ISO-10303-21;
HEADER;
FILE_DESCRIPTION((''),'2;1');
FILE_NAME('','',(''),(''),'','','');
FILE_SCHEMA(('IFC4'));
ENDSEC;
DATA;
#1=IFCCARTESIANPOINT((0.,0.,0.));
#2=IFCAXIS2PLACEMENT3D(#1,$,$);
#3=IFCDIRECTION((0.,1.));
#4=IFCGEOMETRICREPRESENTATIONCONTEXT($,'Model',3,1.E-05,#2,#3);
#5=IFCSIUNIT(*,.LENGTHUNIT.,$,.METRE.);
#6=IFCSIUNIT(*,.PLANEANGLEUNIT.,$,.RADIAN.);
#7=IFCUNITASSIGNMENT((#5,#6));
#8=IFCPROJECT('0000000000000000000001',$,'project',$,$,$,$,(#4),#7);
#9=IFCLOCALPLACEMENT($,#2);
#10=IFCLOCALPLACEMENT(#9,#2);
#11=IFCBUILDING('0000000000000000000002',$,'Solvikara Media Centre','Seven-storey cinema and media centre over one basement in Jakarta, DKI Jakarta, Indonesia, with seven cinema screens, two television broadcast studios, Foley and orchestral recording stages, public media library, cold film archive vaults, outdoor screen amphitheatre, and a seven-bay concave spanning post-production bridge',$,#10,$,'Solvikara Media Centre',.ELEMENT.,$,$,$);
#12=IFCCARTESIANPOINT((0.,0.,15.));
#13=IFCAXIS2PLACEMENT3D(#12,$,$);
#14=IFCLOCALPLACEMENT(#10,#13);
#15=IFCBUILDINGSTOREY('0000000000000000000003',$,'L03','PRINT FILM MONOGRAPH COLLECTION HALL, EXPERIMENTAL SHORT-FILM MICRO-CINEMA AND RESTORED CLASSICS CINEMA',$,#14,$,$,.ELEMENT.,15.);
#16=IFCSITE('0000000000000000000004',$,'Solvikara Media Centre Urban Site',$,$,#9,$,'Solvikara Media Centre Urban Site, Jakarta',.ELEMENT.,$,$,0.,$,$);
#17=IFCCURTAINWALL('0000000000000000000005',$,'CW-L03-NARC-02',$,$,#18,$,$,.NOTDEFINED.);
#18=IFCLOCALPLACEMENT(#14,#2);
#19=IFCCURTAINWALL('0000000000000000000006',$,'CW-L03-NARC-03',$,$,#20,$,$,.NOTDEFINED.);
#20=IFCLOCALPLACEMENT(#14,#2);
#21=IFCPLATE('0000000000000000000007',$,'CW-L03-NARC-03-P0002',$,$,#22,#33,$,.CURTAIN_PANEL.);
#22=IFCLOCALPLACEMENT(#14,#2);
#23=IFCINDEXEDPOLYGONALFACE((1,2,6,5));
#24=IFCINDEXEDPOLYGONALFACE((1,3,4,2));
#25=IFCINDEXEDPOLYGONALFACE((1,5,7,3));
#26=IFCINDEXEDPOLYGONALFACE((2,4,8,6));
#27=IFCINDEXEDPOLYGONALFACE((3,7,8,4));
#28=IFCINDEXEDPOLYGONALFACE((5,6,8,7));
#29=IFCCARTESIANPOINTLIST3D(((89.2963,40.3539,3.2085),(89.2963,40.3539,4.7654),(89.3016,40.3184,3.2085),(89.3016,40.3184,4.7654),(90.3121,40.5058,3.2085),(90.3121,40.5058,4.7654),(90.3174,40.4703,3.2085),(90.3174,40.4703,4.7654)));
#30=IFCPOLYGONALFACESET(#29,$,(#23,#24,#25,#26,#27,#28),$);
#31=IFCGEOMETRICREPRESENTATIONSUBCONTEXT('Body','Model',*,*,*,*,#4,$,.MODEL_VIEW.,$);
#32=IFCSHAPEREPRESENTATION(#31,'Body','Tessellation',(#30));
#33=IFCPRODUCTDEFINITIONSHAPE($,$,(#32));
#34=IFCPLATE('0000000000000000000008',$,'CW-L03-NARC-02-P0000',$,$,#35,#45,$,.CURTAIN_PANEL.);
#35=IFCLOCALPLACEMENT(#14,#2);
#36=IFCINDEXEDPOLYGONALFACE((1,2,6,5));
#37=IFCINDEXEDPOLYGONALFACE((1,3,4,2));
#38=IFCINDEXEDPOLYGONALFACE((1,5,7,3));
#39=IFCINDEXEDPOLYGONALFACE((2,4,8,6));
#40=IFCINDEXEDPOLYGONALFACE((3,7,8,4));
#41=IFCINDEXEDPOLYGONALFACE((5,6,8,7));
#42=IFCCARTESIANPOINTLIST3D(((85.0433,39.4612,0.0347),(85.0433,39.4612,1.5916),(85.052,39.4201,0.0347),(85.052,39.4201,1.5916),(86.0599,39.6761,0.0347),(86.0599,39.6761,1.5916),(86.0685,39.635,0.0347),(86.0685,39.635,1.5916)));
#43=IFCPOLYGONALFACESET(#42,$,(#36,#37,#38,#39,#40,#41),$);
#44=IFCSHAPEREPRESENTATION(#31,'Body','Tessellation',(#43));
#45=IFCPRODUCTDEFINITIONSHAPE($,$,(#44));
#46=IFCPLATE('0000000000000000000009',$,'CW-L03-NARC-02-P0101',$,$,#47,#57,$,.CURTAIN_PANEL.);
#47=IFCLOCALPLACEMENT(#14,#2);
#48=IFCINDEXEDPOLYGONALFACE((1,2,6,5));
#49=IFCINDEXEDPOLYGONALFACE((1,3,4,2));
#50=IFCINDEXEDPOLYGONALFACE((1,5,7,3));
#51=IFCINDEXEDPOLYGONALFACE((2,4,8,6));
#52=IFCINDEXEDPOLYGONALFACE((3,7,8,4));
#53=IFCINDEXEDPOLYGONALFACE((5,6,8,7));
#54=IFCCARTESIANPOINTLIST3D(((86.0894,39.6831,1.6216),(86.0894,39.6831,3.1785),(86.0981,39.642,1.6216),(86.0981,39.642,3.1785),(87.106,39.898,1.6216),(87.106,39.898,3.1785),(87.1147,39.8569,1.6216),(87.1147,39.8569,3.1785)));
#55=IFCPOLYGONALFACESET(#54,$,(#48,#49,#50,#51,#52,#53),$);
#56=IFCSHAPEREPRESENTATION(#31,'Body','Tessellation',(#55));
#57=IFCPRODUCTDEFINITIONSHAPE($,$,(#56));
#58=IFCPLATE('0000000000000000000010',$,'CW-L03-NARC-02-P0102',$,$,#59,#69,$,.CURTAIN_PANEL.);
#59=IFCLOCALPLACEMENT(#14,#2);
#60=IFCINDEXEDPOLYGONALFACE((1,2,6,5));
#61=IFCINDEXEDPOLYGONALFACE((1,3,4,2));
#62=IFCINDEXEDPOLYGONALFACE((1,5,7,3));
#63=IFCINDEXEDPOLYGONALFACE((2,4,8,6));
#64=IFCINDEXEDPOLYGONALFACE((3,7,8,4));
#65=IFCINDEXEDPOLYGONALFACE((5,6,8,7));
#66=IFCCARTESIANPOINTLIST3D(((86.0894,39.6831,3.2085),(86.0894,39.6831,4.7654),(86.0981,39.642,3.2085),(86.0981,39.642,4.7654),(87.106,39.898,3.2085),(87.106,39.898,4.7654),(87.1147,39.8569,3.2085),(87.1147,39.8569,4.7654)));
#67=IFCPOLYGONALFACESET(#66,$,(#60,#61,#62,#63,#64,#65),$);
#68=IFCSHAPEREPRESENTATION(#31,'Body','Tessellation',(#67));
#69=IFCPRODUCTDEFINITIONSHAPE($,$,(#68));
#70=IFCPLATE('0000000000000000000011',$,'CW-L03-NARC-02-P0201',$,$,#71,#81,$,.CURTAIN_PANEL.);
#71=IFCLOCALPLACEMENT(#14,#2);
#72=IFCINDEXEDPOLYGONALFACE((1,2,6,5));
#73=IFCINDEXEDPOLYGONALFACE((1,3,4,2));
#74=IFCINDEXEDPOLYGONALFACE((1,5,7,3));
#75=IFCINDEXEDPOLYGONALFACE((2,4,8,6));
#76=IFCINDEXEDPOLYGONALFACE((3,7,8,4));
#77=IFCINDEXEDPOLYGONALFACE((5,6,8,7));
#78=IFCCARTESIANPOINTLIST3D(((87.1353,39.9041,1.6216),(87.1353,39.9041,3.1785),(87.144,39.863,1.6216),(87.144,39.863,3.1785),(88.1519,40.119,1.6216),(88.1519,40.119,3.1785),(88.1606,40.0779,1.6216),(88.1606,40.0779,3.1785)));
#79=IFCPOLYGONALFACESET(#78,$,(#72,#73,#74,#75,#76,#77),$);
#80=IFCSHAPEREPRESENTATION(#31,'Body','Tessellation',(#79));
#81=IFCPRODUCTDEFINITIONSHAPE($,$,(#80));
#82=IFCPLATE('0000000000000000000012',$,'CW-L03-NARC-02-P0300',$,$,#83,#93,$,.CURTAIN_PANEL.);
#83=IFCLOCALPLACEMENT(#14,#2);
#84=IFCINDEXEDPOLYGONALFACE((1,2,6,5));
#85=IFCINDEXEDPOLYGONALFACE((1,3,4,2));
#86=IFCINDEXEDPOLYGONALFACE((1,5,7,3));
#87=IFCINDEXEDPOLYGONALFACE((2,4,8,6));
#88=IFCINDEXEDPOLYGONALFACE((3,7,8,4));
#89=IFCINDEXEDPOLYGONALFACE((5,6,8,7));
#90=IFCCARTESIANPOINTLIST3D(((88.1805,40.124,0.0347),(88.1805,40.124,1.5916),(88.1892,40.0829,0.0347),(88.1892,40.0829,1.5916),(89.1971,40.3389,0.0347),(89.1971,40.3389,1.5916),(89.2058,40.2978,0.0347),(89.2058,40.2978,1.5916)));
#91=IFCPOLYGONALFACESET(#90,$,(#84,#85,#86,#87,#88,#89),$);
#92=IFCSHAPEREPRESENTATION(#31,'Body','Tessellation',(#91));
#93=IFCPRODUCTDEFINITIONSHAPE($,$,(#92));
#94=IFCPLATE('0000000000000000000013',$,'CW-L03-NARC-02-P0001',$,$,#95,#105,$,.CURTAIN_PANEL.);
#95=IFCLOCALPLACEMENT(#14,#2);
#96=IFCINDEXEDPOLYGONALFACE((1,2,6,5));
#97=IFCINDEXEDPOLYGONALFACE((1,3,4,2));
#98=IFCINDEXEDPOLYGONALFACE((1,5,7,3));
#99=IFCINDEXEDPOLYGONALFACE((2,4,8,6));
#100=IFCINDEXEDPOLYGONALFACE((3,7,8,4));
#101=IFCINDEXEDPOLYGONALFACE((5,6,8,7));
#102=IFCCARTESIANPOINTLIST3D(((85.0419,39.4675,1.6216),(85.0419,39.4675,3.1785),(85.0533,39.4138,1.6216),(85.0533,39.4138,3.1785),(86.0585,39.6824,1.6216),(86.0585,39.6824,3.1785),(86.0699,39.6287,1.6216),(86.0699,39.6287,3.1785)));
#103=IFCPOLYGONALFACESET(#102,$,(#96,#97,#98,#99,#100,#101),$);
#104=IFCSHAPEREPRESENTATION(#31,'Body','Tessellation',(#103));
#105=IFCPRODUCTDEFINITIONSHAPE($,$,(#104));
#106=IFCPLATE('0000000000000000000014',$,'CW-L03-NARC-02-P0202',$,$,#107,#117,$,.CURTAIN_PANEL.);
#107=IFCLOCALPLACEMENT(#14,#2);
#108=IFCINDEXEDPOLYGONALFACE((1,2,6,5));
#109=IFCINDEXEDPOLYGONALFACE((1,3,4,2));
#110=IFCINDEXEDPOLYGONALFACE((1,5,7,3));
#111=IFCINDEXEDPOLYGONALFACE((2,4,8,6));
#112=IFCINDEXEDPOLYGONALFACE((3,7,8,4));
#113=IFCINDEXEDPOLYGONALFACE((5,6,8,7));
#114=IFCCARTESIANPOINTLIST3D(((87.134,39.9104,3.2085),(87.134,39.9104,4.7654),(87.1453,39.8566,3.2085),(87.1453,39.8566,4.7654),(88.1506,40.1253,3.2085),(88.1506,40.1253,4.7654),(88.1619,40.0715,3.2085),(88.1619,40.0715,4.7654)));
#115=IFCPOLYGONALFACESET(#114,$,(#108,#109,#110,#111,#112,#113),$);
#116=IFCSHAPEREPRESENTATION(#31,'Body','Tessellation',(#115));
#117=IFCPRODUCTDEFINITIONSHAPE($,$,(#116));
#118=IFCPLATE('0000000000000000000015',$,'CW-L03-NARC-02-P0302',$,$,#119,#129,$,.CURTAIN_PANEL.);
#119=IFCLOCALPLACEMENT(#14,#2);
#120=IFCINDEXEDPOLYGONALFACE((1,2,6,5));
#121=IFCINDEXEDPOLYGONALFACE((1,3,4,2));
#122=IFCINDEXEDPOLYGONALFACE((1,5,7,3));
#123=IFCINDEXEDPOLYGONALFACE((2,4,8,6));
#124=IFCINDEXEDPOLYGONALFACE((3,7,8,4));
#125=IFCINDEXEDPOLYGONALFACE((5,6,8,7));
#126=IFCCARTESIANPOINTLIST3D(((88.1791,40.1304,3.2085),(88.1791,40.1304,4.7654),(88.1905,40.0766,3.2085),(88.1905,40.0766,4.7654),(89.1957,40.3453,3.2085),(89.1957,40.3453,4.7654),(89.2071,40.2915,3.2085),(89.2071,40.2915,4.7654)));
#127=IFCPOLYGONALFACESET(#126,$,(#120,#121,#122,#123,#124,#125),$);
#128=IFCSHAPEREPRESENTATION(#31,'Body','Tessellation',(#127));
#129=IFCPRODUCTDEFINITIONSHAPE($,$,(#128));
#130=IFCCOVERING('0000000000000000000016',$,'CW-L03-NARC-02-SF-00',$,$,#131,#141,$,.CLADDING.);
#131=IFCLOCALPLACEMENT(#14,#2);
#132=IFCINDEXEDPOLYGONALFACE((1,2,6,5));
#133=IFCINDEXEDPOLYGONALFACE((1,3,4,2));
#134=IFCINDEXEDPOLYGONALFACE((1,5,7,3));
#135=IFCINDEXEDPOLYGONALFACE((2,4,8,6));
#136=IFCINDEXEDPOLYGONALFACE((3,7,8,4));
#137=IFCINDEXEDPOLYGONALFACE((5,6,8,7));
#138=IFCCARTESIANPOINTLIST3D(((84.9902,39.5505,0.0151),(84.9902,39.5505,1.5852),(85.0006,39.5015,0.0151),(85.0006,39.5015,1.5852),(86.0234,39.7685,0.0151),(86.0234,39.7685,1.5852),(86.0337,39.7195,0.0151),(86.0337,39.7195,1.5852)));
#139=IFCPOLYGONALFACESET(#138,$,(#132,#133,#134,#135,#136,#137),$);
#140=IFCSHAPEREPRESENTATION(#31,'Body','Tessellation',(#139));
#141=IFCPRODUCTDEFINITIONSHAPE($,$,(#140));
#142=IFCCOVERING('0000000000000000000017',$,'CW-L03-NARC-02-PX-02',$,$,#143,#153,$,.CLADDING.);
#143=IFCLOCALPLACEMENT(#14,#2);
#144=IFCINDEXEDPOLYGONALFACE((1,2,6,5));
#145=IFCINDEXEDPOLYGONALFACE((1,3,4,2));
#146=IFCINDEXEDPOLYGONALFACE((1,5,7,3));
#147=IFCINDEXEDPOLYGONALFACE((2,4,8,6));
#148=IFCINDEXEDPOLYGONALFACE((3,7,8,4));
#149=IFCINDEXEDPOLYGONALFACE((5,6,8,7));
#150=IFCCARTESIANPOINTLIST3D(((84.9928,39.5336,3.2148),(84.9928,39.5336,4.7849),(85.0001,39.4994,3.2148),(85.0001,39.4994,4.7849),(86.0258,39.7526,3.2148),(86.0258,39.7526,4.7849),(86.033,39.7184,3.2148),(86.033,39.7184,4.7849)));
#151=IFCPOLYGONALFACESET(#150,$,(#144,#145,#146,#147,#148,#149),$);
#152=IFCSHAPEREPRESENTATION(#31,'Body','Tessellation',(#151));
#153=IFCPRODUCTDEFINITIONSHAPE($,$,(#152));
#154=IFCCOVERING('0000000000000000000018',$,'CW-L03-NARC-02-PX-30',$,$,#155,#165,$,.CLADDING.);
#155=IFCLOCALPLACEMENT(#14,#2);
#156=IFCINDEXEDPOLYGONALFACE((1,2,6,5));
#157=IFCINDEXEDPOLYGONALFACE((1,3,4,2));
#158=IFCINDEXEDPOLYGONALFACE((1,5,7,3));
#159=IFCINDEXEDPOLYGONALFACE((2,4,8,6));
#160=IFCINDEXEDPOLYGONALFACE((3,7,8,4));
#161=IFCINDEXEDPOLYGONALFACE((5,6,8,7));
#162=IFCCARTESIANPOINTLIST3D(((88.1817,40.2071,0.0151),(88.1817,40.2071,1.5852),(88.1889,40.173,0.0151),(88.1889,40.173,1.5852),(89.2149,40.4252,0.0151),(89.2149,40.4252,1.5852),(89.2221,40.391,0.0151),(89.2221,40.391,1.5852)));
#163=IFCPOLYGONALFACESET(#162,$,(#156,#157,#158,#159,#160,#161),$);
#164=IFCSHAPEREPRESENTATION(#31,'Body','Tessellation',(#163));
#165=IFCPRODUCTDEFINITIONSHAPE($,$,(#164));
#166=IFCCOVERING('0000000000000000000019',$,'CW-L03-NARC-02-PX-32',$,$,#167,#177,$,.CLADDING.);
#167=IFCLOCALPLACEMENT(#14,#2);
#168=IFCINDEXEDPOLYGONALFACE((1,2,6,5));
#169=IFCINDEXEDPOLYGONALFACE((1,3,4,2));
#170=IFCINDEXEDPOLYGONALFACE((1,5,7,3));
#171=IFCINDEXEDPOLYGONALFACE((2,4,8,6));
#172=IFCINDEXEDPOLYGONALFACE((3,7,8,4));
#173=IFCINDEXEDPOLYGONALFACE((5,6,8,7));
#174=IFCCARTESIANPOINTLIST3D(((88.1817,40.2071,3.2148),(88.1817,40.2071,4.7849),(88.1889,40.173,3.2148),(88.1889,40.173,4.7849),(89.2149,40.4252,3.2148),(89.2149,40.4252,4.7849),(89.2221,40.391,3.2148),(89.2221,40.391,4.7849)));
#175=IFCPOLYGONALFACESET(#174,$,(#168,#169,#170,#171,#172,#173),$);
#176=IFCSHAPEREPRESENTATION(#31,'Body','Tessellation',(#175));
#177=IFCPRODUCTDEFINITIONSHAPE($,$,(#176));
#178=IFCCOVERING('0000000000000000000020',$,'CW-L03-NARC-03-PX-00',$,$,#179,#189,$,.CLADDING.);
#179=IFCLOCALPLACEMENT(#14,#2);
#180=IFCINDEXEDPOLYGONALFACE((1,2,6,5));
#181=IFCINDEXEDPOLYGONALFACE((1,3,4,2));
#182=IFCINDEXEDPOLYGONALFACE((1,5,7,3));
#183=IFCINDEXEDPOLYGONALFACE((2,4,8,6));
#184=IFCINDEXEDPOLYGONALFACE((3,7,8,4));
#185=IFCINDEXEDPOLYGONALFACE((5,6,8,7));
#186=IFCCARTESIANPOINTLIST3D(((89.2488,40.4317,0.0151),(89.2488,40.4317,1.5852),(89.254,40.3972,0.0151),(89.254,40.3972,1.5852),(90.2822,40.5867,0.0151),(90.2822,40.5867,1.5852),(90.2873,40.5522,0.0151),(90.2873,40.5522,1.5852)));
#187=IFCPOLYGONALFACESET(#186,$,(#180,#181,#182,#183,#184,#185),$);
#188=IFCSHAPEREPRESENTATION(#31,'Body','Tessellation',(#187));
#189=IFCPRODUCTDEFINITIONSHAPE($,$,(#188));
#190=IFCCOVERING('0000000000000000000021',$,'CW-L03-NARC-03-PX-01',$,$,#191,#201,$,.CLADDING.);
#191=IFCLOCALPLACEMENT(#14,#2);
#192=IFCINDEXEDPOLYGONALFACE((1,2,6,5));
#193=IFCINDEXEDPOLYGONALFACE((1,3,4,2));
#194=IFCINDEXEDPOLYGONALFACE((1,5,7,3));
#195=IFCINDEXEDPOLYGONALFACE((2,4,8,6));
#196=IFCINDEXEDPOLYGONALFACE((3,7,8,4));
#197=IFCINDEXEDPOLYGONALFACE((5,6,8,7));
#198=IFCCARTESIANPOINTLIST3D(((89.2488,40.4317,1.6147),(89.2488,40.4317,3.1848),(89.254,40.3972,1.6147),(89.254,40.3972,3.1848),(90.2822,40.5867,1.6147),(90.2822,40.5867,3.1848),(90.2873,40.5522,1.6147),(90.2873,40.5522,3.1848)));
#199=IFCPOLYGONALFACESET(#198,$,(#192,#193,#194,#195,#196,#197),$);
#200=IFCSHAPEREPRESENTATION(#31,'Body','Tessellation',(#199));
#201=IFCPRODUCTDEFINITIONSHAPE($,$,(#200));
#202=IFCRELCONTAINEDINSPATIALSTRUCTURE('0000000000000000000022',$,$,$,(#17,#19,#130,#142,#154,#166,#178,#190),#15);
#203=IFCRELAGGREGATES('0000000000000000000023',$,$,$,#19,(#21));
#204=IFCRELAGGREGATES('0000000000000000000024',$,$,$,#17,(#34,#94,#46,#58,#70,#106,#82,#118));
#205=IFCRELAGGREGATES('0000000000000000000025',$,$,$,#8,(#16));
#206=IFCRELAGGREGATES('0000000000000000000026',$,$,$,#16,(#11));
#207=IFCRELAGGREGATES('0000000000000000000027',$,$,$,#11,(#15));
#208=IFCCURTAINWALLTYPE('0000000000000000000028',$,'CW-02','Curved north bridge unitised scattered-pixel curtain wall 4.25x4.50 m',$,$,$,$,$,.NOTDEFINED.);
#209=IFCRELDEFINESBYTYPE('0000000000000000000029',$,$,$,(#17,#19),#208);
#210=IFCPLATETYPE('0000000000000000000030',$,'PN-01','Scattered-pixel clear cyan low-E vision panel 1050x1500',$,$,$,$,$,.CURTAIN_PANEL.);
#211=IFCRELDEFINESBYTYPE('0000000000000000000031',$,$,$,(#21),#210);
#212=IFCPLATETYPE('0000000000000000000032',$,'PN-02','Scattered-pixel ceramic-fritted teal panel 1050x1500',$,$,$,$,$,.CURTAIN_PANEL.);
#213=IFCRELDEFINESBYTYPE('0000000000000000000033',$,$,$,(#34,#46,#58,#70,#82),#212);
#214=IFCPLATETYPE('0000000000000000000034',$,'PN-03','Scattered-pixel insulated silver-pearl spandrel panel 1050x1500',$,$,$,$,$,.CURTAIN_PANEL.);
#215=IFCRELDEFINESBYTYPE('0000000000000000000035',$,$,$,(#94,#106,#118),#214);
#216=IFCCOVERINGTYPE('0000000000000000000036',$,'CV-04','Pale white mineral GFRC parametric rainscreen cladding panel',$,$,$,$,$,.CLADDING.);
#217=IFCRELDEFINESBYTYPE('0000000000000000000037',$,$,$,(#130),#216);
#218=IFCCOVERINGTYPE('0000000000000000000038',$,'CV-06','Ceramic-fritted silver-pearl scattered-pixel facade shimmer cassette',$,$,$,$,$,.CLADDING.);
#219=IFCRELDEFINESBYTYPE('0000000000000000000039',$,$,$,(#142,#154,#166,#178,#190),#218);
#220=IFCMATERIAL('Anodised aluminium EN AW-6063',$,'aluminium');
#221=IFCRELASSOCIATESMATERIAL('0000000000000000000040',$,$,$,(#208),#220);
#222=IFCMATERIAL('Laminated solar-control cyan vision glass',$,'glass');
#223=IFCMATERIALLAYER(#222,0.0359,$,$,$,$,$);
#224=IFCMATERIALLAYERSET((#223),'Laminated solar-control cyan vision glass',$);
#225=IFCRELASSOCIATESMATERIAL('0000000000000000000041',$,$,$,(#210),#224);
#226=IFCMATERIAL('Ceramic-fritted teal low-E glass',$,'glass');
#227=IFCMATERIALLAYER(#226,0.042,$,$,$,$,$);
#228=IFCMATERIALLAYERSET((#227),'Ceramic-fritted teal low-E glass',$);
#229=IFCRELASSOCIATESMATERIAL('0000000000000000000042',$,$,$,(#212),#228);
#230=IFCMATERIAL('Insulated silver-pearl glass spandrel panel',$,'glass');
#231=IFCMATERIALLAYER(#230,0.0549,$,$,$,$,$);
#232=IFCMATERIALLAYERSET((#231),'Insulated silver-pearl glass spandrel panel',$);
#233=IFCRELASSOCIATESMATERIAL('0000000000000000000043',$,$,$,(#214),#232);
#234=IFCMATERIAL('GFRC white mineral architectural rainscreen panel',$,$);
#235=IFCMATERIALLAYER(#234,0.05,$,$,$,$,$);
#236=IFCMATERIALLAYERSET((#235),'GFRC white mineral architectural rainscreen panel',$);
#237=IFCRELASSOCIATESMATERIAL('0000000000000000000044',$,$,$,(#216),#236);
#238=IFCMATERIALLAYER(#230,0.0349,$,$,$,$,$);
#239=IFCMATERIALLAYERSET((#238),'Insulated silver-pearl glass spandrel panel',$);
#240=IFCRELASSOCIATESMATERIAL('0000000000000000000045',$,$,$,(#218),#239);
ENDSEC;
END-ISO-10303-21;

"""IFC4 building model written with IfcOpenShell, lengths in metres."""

from ifc_helpers import new_model, si_unit, direction, frame, origin, origin_2d, place, context, subcontext, project, spatial, rectangle, extrude, material, layer, layer_set, type_object, element, aggregate, save


model = new_model("IFC4")

# Units and contexts
model_context = context("Model", 3, precision=1e-05, world=origin(), true_north=direction((0.0, 1.0)))
body_context = subcontext(model_context, "Body", "Model", "MODEL_VIEW")
ifc_project = project(units=[si_unit("LENGTHUNIT", "METRE"), si_unit("PLANEANGLEUNIT", "RADIAN")], contexts=[model_context])

# Site, building, storey
site_placement = place(None, origin())
site = spatial("IfcSite", under=ifc_project, at=site_placement, Name="Solvikara Media Centre Urban Site", LongName="Solvikara Media Centre Urban Site, Jakarta", CompositionType="ELEMENT", RefElevation=0.0)
building_placement = place(site_placement, origin())
building = spatial("IfcBuilding", under=site, at=building_placement, Name="Solvikara Media Centre", Description="Seven-storey cinema and media centre over one basement in Jakarta, DKI Jakarta, Indonesia, with seven cinema screens, two television broadcast studios, Foley and orchestral recording stages, public media library, cold film archive vaults, outdoor screen amphitheatre, and a seven-bay concave spanning post-production bridge", LongName="Solvikara Media Centre", CompositionType="ELEMENT")
storey_placement = place(building_placement, frame((0.0, 0.0, 15.0)))
storey = spatial("IfcBuildingStorey", under=building, at=storey_placement, Name="L03", Description="PRINT FILM MONOGRAPH COLLECTION HALL, EXPERIMENTAL SHORT-FILM MICRO-CINEMA AND RESTORED CLASSICS CINEMA", CompositionType="ELEMENT", Elevation=15.0)

# Curtain walls
ifc_material_1 = material(Name="Anodised aluminium EN AW-6063", Category="aluminium")
curtain_wall_type = type_object("IfcCurtainWallType", Name="CW-02", Description="Curved north bridge unitised scattered-pixel curtain wall 4.25x4.50 m", PredefinedType="NOTDEFINED", material=ifc_material_1)
curtain_wall_1_placement = place(storey_placement, origin())
curtain_wall_1 = element("IfcCurtainWall", 1, at=curtain_wall_1_placement, inside=storey, type_object=curtain_wall_type, Name="CW-L03-NARC-02", PredefinedType="NOTDEFINED")
curtain_wall_2_placement = place(storey_placement, origin())
curtain_wall_2 = element("IfcCurtainWall", 2, at=curtain_wall_2_placement, inside=storey, type_object=curtain_wall_type, Name="CW-L03-NARC-03", PredefinedType="NOTDEFINED")

# Plates
ifc_material_2 = material(Name="Laminated solar-control cyan vision glass", Category="glass")
ifc_layer_1 = layer(ifc_material_2, 0.0359)
ifc_layer_set_1 = layer_set([ifc_layer_1], Name="Laminated solar-control cyan vision glass")
plate_type_1 = type_object("IfcPlateType", Name="PN-01", Description="Scattered-pixel clear cyan low-E vision panel 1050x1500", PredefinedType="CURTAIN_PANEL", material=ifc_layer_set_1)
plate_1_placement = place(storey_placement, frame((89.8069, 40.4121, 3.2085), z_axis=(0.0, 0.0, 1.0), x_axis=(0.989006, 0.147878, 0.0)))
plate_1 = element("IfcPlate", 3, at=plate_1_placement, type_object=plate_type_1, Name="CW-L03-NARC-03-P0002", PredefinedType="CURTAIN_PANEL", context=body_context, shape_type="SweptSolid", body=[
    extrude(rectangle(XDim=1.0271, YDim=0.0359, at=origin_2d()), origin(), (0.0, 0.0, 1.0), 1.5569),
])
aggregate(curtain_wall_2, [plate_1])
ifc_material_3 = material(Name="Ceramic-fritted teal low-E glass", Category="glass")
ifc_layer_2 = layer(ifc_material_3, 0.042)
ifc_layer_set_2 = layer_set([ifc_layer_2], Name="Ceramic-fritted teal low-E glass")
plate_type_2 = type_object("IfcPlateType", Name="PN-02", Description="Scattered-pixel ceramic-fritted teal panel 1050x1500", PredefinedType="CURTAIN_PANEL", material=ifc_layer_set_2)
plate_2_placement = place(storey_placement, frame((85.5559, 39.5481, 0.0347), z_axis=(0.0, 0.0, 1.0), x_axis=(0.978379, 0.206819, 0.0)))
plate_2 = element("IfcPlate", 4, at=plate_2_placement, type_object=plate_type_2, Name="CW-L03-NARC-02-P0000", PredefinedType="CURTAIN_PANEL", context=body_context, shape_type="SweptSolid", body=[
    extrude(rectangle(XDim=1.0391, YDim=0.042, at=origin_2d()), origin(), (0.0, 0.0, 1.0), 1.5569),
])
plate_3_placement = place(storey_placement, frame((86.6021, 39.77, 1.6216), z_axis=(0.0, 0.0, 1.0), x_axis=(0.978379, 0.206819, 0.0)))
plate_3 = element("IfcPlate", 5, at=plate_3_placement, type_object=plate_type_2, Name="CW-L03-NARC-02-P0101", PredefinedType="CURTAIN_PANEL", context=body_context, shape_type="SweptSolid", body=[
    extrude(rectangle(XDim=1.0391, YDim=0.042, at=origin_2d()), origin(), (0.0, 0.0, 1.0), 1.5569),
])
plate_4_placement = place(storey_placement, frame((86.6021, 39.77, 3.2085), z_axis=(0.0, 0.0, 1.0), x_axis=(0.978379, 0.206819, 0.0)))
plate_4 = element("IfcPlate", 6, at=plate_4_placement, type_object=plate_type_2, Name="CW-L03-NARC-02-P0102", PredefinedType="CURTAIN_PANEL", context=body_context, shape_type="SweptSolid", body=[
    extrude(rectangle(XDim=1.0391, YDim=0.042, at=origin_2d()), origin(), (0.0, 0.0, 1.0), 1.5569),
])
plate_5_placement = place(storey_placement, frame((87.6479, 39.991, 1.6216), z_axis=(0.0, 0.0, 1.0), x_axis=(0.978379, 0.206819, 0.0)))
plate_5 = element("IfcPlate", 7, at=plate_5_placement, type_object=plate_type_2, Name="CW-L03-NARC-02-P0201", PredefinedType="CURTAIN_PANEL", context=body_context, shape_type="SweptSolid", body=[
    extrude(rectangle(XDim=1.0391, YDim=0.042, at=origin_2d()), origin(), (0.0, 0.0, 1.0), 1.5569),
])
plate_6_placement = place(storey_placement, frame((88.6931, 40.2109, 0.0347), z_axis=(0.0, 0.0, 1.0), x_axis=(0.978379, 0.206819, 0.0)))
plate_6 = element("IfcPlate", 8, at=plate_6_placement, type_object=plate_type_2, Name="CW-L03-NARC-02-P0300", PredefinedType="CURTAIN_PANEL", context=body_context, shape_type="SweptSolid", body=[
    extrude(rectangle(XDim=1.0391, YDim=0.042, at=origin_2d()), origin(), (0.0, 0.0, 1.0), 1.5569),
])
ifc_material_4 = material(Name="Insulated silver-pearl glass spandrel panel", Category="glass")
ifc_layer_3 = layer(ifc_material_4, 0.0549)
ifc_layer_set_3 = layer_set([ifc_layer_3], Name="Insulated silver-pearl glass spandrel panel")
plate_type_3 = type_object("IfcPlateType", Name="PN-03", Description="Scattered-pixel insulated silver-pearl spandrel panel 1050x1500", PredefinedType="CURTAIN_PANEL", material=ifc_layer_set_3)
plate_7_placement = place(storey_placement, frame((85.5559, 39.5481, 1.6216), z_axis=(0.0, 0.0, 1.0), x_axis=(0.978379, 0.206819, 0.0)))
plate_7 = element("IfcPlate", 9, at=plate_7_placement, type_object=plate_type_3, Name="CW-L03-NARC-02-P0001", PredefinedType="CURTAIN_PANEL", context=body_context, shape_type="SweptSolid", body=[
    extrude(rectangle(XDim=1.0391, YDim=0.0549, at=origin_2d()), origin(), (0.0, 0.0, 1.0), 1.5569),
])
plate_8_placement = place(storey_placement, frame((87.6479, 39.991, 3.2085), z_axis=(0.0, 0.0, 1.0), x_axis=(0.978379, 0.206819, 0.0)))
plate_8 = element("IfcPlate", 10, at=plate_8_placement, type_object=plate_type_3, Name="CW-L03-NARC-02-P0202", PredefinedType="CURTAIN_PANEL", context=body_context, shape_type="SweptSolid", body=[
    extrude(rectangle(XDim=1.0391, YDim=0.0549, at=origin_2d()), origin(), (0.0, 0.0, 1.0), 1.5569),
])
plate_9_placement = place(storey_placement, frame((88.6931, 40.2109, 3.2085), z_axis=(0.0, 0.0, 1.0), x_axis=(0.978379, 0.206819, 0.0)))
plate_9 = element("IfcPlate", 11, at=plate_9_placement, type_object=plate_type_3, Name="CW-L03-NARC-02-P0302", PredefinedType="CURTAIN_PANEL", context=body_context, shape_type="SweptSolid", body=[
    extrude(rectangle(XDim=1.0391, YDim=0.0549, at=origin_2d()), origin(), (0.0, 0.0, 1.0), 1.5569),
])
aggregate(curtain_wall_1, [plate_2, plate_7, plate_3, plate_4, plate_5, plate_8, plate_6, plate_9])

# Coverings
ifc_material_5 = material(Name="GFRC white mineral architectural rainscreen panel")
ifc_layer_4 = layer(ifc_material_5, 0.05)
ifc_layer_set_4 = layer_set([ifc_layer_4], Name="GFRC white mineral architectural rainscreen panel")
covering_type_1 = type_object("IfcCoveringType", Name="CV-04", Description="Pale white mineral GFRC parametric rainscreen cladding panel", PredefinedType="CLADDING", material=ifc_layer_set_4)
covering_placement = place(storey_placement, frame((85.512, 39.635, 0.0151), z_axis=(0.0, 0.0, 1.0), x_axis=(0.978448, 0.206495, 0.0)))
element("IfcCovering", 12, at=covering_placement, inside=storey, type_object=covering_type_1, Name="CW-L03-NARC-02-SF-00", PredefinedType="CLADDING", context=body_context, shape_type="SweptSolid", body=[
    extrude(rectangle(XDim=1.0559, YDim=0.05, at=origin_2d()), origin(), (0.0, 0.0, 1.0), 1.5701),
])
ifc_layer_5 = layer(ifc_material_4, 0.0349)
ifc_layer_set_5 = layer_set([ifc_layer_5], Name="Insulated silver-pearl glass spandrel panel")
covering_type_2 = type_object("IfcCoveringType", Name="CV-06", Description="Ceramic-fritted silver-pearl scattered-pixel facade shimmer cassette", PredefinedType="CLADDING", material=ifc_layer_set_5)
for number, where, z_axis, x_axis, name in (
    (13, (85.5129, 39.626, 3.2148), (0.0, 0.0, 1.0), (0.978256, 0.2074, 0.0), "CW-L03-NARC-02-PX-02"),
    (14, (88.7019, 40.2991, 0.0151), (0.0, 0.0, 1.0), (0.978448, 0.206495, 0.0), "CW-L03-NARC-02-PX-30"),
    (15, (88.7019, 40.2991, 3.2148), (0.0, 0.0, 1.0), (0.978448, 0.206495, 0.0), "CW-L03-NARC-02-PX-32"),
):
    element("IfcCovering", number, at=place(storey_placement, frame(where, z_axis=z_axis, x_axis=x_axis)), inside=storey, type_object=covering_type_2, Name=name, PredefinedType="CLADDING", context=body_context, shape_type="SweptSolid", body=[
        extrude(rectangle(XDim=1.0559, YDim=0.0349, at=origin_2d()), origin(), (0.0, 0.0, 1.0), 1.5701),
    ])
for number, where, z_axis, x_axis, name in (
    (16, (89.7681, 40.4919, 0.0151), (0.0, 0.0, 1.0), (0.988931, 0.148379, 0.0), "CW-L03-NARC-03-PX-00"),
    (17, (89.7681, 40.4919, 1.6147), (0.0, 0.0, 1.0), (0.988931, 0.148379, 0.0), "CW-L03-NARC-03-PX-01"),
):
    element("IfcCovering", number, at=place(storey_placement, frame(where, z_axis=z_axis, x_axis=x_axis)), inside=storey, type_object=covering_type_2, Name=name, PredefinedType="CLADDING", context=body_context, shape_type="SweptSolid", body=[
        extrude(rectangle(XDim=1.0449, YDim=0.0349, at=origin_2d()), origin(), (0.0, 0.0, 1.0), 1.5701),
    ])

save(model, "model.ifc")
